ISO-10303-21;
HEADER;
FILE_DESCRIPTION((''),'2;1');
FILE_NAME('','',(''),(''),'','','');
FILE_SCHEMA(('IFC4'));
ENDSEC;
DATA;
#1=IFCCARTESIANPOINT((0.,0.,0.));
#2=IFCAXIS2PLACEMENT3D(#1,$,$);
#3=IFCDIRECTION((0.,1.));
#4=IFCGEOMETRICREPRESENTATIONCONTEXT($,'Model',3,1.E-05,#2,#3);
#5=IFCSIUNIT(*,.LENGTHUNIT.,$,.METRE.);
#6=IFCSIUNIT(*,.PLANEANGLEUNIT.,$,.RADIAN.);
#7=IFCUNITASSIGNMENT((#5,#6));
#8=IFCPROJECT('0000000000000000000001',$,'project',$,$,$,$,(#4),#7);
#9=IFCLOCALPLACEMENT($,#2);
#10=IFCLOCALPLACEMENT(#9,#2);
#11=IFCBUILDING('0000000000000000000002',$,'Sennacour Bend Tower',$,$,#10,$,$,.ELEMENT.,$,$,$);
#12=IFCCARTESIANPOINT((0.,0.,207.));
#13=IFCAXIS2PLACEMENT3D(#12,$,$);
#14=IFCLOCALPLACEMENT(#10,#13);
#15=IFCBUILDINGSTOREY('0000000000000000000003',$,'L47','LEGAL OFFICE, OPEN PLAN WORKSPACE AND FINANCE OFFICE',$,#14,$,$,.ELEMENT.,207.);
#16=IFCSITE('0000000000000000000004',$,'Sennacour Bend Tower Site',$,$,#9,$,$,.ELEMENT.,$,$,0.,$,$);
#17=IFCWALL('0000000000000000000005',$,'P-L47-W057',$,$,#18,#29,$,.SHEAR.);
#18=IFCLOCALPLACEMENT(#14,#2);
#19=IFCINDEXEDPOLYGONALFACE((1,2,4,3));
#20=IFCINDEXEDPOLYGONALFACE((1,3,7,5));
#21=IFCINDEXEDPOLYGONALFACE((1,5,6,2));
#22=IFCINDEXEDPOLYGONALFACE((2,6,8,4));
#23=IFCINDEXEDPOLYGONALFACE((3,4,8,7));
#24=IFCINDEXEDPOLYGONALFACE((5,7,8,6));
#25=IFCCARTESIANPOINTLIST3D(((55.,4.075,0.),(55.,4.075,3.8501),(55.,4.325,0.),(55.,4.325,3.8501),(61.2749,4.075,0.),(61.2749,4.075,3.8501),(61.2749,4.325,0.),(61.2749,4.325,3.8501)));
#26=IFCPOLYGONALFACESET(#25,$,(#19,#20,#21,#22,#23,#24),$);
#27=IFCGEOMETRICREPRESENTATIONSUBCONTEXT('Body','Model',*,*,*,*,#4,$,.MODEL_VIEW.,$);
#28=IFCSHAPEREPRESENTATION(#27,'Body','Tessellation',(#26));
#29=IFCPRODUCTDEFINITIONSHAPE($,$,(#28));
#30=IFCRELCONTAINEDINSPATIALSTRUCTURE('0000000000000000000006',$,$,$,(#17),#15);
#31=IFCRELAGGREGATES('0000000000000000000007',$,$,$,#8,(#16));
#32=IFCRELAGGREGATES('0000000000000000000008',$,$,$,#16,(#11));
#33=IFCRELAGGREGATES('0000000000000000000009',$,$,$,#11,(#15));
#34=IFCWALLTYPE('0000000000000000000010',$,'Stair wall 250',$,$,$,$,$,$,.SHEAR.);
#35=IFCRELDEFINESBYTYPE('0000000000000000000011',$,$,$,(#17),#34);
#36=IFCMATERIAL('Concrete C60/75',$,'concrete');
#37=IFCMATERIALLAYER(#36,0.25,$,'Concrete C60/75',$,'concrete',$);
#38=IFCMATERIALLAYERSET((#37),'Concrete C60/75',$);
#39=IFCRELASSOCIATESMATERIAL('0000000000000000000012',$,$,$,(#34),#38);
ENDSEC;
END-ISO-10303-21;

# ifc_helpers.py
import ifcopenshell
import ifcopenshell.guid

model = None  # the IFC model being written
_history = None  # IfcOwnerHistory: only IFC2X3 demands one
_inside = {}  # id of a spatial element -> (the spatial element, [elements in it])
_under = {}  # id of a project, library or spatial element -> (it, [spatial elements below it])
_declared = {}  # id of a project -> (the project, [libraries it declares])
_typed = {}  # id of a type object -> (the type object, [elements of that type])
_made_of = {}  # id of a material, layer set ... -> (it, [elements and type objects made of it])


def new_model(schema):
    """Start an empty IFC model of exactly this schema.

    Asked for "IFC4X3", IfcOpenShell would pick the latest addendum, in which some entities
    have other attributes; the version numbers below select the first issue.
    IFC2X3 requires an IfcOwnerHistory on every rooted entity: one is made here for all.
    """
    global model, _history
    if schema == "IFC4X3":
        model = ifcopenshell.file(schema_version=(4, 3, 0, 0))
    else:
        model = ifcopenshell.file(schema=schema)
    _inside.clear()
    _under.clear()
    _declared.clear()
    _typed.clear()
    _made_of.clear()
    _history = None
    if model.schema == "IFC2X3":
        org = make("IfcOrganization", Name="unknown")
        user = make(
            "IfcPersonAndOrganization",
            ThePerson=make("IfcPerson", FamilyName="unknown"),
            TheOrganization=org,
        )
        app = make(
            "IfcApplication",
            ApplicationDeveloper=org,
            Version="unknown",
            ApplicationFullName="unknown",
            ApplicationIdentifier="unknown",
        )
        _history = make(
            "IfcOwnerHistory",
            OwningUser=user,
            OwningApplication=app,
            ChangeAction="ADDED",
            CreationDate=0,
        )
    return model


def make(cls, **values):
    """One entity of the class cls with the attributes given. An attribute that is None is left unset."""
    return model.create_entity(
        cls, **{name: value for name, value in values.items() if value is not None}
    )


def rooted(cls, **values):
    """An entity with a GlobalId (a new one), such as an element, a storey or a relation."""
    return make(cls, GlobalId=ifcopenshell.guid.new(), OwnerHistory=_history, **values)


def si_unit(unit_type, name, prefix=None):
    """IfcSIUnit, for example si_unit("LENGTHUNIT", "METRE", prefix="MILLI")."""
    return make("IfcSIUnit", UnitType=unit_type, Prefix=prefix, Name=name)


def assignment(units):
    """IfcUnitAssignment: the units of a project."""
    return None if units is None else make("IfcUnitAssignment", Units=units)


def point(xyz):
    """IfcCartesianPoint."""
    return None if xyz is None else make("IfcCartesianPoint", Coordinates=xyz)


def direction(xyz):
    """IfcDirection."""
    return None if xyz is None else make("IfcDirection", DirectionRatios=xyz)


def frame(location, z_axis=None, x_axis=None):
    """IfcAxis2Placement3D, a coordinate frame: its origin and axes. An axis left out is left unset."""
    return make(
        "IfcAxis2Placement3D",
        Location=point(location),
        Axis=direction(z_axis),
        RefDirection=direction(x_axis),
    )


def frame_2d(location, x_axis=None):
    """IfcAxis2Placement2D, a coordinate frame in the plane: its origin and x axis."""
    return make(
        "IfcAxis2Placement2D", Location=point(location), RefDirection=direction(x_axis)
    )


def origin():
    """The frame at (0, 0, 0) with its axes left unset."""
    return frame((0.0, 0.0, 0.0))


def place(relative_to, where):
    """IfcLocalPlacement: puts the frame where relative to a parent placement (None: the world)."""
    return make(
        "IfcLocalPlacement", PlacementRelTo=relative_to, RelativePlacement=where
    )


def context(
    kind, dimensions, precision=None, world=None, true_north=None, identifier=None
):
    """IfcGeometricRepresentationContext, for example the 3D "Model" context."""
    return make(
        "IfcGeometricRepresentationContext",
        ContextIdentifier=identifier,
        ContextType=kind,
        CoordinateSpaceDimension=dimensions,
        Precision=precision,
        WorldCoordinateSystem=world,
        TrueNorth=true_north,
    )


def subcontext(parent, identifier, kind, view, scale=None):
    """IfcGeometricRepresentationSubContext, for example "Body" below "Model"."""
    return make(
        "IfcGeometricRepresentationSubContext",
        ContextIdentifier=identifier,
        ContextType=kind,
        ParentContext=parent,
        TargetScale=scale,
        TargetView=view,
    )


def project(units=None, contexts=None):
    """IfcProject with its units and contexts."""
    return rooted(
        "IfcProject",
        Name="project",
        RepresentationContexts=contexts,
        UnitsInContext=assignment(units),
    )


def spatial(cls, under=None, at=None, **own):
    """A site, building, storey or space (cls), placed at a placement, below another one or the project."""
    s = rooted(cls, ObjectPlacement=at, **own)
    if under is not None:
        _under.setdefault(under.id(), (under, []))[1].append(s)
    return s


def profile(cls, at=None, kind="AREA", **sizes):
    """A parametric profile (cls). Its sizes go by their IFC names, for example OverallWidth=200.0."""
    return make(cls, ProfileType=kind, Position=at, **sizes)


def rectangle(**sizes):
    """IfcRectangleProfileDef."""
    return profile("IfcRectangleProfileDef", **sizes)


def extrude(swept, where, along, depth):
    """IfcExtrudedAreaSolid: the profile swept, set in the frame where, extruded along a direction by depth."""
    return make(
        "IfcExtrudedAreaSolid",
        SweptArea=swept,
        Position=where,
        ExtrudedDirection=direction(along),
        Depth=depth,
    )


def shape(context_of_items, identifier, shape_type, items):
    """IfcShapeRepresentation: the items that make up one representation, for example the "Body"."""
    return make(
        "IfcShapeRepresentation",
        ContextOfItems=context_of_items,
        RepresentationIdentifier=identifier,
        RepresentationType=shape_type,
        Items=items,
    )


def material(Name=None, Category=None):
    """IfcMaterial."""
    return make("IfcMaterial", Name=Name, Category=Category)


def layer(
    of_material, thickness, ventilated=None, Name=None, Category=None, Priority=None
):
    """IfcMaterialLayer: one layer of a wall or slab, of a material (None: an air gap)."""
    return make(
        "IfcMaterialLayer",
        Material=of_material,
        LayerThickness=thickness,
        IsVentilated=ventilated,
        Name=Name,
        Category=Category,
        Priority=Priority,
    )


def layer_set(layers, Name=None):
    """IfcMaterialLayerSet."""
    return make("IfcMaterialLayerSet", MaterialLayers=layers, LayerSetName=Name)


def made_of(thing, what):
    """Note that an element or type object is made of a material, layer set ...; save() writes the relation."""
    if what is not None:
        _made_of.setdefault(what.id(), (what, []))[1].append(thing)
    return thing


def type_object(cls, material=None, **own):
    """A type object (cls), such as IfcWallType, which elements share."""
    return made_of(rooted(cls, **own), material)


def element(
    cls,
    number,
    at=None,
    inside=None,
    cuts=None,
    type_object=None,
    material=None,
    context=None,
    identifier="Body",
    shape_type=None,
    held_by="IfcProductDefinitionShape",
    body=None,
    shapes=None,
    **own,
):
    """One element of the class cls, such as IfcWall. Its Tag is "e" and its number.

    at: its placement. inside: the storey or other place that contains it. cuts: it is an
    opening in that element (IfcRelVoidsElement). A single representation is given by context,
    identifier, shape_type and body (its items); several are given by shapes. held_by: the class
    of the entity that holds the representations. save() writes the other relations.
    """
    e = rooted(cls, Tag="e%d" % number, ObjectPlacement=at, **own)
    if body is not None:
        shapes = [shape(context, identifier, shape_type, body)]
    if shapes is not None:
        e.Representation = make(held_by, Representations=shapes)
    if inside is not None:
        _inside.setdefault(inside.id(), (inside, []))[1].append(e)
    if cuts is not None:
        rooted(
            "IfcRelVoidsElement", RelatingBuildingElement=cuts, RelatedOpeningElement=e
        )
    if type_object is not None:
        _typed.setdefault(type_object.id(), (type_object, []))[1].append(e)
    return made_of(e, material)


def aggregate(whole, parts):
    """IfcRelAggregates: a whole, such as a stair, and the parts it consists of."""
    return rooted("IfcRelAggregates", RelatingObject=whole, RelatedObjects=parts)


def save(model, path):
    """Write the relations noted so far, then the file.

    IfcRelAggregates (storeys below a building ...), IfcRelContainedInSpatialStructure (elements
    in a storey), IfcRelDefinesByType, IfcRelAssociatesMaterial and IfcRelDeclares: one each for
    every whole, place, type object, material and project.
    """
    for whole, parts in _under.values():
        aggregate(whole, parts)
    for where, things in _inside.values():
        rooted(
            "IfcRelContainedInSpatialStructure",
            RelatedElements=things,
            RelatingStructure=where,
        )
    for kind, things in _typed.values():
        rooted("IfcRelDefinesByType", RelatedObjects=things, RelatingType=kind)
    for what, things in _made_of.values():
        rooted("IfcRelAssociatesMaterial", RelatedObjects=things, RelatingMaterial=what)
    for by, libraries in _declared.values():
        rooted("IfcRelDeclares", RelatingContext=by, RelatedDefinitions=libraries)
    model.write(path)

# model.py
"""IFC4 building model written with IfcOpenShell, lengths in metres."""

from ifc_helpers import new_model, si_unit, direction, frame, frame_2d, origin, place, context, subcontext, project, spatial, rectangle, extrude, material, layer, layer_set, type_object, element, save


model = new_model("IFC4")

# Units and contexts
model_context = context("Model", 3, precision=1e-05, world=origin(), true_north=direction((0.0, 1.0)))
body_context = subcontext(model_context, "Body", "Model", "MODEL_VIEW")
ifc_project = project(units=[si_unit("LENGTHUNIT", "METRE"), si_unit("PLANEANGLEUNIT", "RADIAN")], contexts=[model_context])

# Site, building, storey
site_placement = place(None, origin())
site = spatial("IfcSite", under=ifc_project, at=site_placement, Name="Sennacour Bend Tower Site", CompositionType="ELEMENT", RefElevation=0.0)
building_placement = place(site_placement, origin())
building = spatial("IfcBuilding", under=site, at=building_placement, Name="Sennacour Bend Tower", CompositionType="ELEMENT")
storey_placement = place(building_placement, frame((0.0, 0.0, 207.0)))
storey = spatial("IfcBuildingStorey", under=building, at=storey_placement, Name="L47", Description="LEGAL OFFICE, OPEN PLAN WORKSPACE AND FINANCE OFFICE", CompositionType="ELEMENT", Elevation=207.0)

# Shared definitions
ifc_material_1 = material(Name="Concrete C60/75", Category="concrete")

# Wall
ifc_layer_1 = layer(ifc_material_1, 0.25, Name="Concrete C60/75", Category="concrete")
ifc_layer_set_1 = layer_set([ifc_layer_1], Name="Concrete C60/75")
wall_type_1 = type_object("IfcWallType", Name="Stair wall 250", PredefinedType="SHEAR", material=ifc_layer_set_1)
wall_1_placement = place(storey_placement, frame((55.0, 4.2, 0.0), z_axis=(0.0, 0.0, 1.0), x_axis=(1.0, 0.0, 0.0)))
element("IfcWall", 1, at=wall_1_placement, inside=storey, type_object=wall_type_1, Name="P-L47-W057", PredefinedType="SHEAR", context=body_context, shape_type="SweptSolid", body=[
    extrude(rectangle(XDim=6.2749, YDim=0.25, at=frame_2d((3.1375, 0.0))), origin(), (0.0, 0.0, 1.0), 3.8501),
])

save(model, "model.ifc")
